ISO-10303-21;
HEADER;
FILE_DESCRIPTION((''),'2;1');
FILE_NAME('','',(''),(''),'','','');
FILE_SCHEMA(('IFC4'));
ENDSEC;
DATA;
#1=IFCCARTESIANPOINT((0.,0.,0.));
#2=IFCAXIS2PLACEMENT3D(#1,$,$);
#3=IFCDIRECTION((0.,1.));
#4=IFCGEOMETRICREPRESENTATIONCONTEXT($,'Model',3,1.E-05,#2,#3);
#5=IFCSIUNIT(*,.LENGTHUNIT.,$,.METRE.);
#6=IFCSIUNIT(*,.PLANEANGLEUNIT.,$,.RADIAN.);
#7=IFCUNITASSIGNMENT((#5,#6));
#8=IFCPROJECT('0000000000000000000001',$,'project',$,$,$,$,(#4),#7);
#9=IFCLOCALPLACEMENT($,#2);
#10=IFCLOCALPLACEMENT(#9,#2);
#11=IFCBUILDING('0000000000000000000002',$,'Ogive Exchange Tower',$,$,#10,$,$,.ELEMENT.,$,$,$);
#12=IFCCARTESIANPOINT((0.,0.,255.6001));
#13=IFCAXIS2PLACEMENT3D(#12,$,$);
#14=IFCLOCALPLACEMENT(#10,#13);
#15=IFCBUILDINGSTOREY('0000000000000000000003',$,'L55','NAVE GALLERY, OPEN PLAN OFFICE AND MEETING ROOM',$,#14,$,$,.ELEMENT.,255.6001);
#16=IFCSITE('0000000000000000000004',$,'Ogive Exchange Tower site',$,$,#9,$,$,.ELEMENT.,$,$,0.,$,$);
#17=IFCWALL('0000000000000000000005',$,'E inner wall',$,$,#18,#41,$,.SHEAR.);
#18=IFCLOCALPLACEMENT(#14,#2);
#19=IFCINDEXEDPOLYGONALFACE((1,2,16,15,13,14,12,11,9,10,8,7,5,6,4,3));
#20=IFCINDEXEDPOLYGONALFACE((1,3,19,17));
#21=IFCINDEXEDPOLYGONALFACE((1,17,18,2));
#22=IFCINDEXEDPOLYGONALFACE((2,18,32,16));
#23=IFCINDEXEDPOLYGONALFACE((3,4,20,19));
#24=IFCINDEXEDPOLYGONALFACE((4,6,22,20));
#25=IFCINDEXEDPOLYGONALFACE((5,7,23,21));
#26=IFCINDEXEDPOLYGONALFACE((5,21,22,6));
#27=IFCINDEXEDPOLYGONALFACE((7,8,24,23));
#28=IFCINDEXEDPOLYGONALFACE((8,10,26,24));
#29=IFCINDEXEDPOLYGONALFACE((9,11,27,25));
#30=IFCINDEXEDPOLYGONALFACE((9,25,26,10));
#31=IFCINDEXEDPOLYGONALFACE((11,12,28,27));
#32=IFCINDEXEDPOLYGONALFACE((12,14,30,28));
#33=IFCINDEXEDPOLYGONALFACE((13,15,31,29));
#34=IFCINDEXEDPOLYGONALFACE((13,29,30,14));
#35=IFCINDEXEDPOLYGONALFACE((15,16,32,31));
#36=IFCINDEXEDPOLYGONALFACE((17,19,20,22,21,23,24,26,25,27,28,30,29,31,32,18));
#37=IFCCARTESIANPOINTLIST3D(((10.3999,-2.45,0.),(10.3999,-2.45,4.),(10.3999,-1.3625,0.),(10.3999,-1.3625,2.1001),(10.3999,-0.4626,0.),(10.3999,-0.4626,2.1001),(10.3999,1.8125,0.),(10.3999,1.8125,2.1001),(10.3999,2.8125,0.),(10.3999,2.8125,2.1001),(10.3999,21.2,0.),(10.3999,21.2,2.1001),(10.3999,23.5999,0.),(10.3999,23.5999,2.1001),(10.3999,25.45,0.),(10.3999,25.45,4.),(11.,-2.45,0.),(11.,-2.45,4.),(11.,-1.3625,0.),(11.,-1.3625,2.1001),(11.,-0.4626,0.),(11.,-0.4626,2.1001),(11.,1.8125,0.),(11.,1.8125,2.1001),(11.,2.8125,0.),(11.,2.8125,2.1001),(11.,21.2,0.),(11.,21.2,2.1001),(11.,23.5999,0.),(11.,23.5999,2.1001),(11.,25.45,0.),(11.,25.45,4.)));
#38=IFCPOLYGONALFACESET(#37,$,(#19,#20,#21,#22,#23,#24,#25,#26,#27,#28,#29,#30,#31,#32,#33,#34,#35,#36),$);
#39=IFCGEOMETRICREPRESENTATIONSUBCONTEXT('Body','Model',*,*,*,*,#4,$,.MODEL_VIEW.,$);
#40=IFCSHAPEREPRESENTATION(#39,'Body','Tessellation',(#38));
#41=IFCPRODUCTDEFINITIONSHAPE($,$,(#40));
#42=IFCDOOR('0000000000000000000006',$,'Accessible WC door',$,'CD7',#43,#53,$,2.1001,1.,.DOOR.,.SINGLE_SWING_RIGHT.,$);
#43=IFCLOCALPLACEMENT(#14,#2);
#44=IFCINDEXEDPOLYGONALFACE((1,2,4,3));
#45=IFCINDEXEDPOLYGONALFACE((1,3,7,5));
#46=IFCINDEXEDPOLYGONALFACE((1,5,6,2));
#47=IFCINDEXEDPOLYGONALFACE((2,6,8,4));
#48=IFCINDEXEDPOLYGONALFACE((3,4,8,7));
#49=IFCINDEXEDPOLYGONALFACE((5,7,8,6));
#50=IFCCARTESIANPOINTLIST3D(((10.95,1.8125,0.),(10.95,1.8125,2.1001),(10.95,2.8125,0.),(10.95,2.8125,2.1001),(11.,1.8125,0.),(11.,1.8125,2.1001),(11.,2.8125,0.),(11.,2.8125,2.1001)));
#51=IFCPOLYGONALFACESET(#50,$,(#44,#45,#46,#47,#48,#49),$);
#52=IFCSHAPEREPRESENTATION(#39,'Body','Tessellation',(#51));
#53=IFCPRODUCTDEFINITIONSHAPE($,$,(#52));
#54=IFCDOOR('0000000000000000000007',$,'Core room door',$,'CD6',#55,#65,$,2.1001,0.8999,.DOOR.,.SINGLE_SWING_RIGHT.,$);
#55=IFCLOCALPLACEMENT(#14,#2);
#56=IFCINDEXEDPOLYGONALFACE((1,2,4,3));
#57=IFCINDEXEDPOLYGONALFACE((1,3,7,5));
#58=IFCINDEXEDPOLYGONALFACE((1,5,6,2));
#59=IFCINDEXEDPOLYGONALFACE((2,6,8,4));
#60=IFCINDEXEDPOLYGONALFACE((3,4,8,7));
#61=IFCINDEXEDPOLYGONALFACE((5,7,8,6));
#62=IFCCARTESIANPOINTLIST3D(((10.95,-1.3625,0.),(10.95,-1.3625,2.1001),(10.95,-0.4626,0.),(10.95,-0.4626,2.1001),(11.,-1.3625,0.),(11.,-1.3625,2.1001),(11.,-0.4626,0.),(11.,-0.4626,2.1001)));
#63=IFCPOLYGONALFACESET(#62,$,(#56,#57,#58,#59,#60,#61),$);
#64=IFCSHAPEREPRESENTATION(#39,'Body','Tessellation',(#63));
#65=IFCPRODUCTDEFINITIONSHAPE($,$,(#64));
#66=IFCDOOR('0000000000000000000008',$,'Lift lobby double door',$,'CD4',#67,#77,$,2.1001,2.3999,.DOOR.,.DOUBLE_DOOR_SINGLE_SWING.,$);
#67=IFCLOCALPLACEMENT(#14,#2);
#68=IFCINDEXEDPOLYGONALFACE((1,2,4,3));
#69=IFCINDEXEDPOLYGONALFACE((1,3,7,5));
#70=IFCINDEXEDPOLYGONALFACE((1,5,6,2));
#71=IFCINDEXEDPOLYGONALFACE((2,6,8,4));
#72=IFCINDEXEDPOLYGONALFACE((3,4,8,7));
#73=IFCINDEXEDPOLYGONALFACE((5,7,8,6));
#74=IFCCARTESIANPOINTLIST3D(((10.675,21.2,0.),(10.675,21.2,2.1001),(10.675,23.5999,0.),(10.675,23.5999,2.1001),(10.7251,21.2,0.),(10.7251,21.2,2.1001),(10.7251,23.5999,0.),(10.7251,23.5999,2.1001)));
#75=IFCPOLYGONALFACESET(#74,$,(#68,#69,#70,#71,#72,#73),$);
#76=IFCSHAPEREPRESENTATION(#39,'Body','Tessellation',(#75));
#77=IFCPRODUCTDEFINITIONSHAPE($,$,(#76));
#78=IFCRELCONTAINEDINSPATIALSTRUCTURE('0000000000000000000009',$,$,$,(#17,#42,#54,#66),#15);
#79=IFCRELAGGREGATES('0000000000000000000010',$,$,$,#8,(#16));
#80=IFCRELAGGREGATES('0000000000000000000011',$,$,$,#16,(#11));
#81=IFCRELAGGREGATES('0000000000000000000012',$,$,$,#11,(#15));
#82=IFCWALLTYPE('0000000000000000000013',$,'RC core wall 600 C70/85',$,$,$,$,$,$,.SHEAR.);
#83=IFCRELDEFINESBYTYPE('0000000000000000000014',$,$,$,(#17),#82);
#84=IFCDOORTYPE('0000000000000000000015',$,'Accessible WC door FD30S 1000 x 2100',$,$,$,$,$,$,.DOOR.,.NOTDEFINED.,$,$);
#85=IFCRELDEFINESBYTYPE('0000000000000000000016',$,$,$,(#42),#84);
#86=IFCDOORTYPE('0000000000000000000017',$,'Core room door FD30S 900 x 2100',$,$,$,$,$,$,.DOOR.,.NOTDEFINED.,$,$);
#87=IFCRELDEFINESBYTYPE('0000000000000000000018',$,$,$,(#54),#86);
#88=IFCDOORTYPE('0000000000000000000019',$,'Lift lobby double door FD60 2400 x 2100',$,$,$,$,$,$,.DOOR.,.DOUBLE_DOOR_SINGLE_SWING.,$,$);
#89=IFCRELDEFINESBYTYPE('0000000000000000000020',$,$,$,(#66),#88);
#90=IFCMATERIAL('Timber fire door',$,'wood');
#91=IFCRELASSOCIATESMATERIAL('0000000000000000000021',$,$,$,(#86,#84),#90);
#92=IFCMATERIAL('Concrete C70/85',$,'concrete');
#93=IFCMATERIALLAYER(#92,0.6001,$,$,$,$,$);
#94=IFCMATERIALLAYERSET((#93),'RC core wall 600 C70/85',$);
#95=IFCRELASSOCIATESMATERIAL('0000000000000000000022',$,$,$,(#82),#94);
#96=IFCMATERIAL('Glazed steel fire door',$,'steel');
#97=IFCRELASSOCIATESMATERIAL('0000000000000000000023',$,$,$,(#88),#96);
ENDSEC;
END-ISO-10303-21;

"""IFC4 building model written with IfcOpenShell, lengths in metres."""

from ifc_helpers import new_model, si_unit, direction, frame, frame_2d, origin, place, context, subcontext, project, spatial, rectangle, extrude, material, layer, layer_set, type_object, element, fill, save


model = new_model("IFC4")

# Units and contexts
model_context = context("Model", 3, precision=1e-05, world=origin(), true_north=direction((0.0, 1.0)))
body_context = subcontext(model_context, "Body", "Model", "MODEL_VIEW")
ifc_project = project(units=[si_unit("LENGTHUNIT", "METRE"), si_unit("PLANEANGLEUNIT", "RADIAN")], contexts=[model_context])

# Site, building, storey
site_placement = place(None, origin())
site = spatial("IfcSite", under=ifc_project, at=site_placement, Name="Ogive Exchange Tower site", CompositionType="ELEMENT", RefElevation=0.0)
building_placement = place(site_placement, origin())
building = spatial("IfcBuilding", under=site, at=building_placement, Name="Ogive Exchange Tower", CompositionType="ELEMENT")
storey_placement = place(building_placement, frame((0.0, 0.0, 255.6001)))
storey = spatial("IfcBuildingStorey", under=building, at=storey_placement, Name="L55", Description="NAVE GALLERY, OPEN PLAN OFFICE AND MEETING ROOM", CompositionType="ELEMENT", Elevation=255.6001)

# Shared definitions
ifc_material_1 = material(Name="Concrete C70/85", Category="concrete")
ifc_material_2 = material(Name="Timber fire door", Category="wood")
door_type_1 = type_object("IfcDoorType", Name="Core room door FD30S 900 x 2100", OperationType="NOTDEFINED", PredefinedType="DOOR", material=ifc_material_2)

# Wall, openings, doors
ifc_layer_1 = layer(ifc_material_1, 0.6001)
ifc_layer_set_1 = layer_set([ifc_layer_1], Name="RC core wall 600 C70/85")
wall_type_1 = type_object("IfcWallType", Name="RC core wall 600 C70/85", PredefinedType="SHEAR", material=ifc_layer_set_1)
wall_1_placement = place(storey_placement, frame((10.7, -2.45, 0.0), z_axis=(0.0, 0.0, 1.0), x_axis=(0.0, 1.0, 0.0)))
wall_1 = element("IfcWall", 1, at=wall_1_placement, inside=storey, type_object=wall_type_1, Name="E inner wall", PredefinedType="SHEAR", context=body_context, shape_type="SweptSolid", body=[
    extrude(rectangle(XDim=27.8999, YDim=0.6001, at=frame_2d((13.95, 0.0))), origin(), (0.0, 0.0, 1.0), 4.0),
])
opening_1_placement = place(wall_1_placement, frame((23.6499, 0.0, 0.0)))
opening_1 = element("IfcOpeningElement", 2, at=opening_1_placement, cuts=wall_1, PredefinedType="OPENING", context=body_context, shape_type="SweptSolid", body=[
    extrude(rectangle(XDim=2.3999, YDim=2.1001, at=frame_2d((1.2, 1.05))), frame((0.0, 0.3101, 0.0), z_axis=(0.0, -1.0, 0.0), x_axis=(1.0, 0.0, 0.0)), (0.0, 0.0, 1.0), 0.6201),
])
opening_2_placement = place(wall_1_placement, frame((1.0874, 0.0, 0.0)))
opening_2 = element("IfcOpeningElement", 3, at=opening_2_placement, cuts=wall_1, PredefinedType="OPENING", context=body_context, shape_type="SweptSolid", body=[
    extrude(rectangle(XDim=0.8999, YDim=2.1001, at=frame_2d((0.45, 1.05))), frame((0.0, 0.3101, 0.0), z_axis=(0.0, -1.0, 0.0), x_axis=(1.0, 0.0, 0.0)), (0.0, 0.0, 1.0), 0.6201),
])
opening_3_placement = place(wall_1_placement, frame((4.2625, 0.0, 0.0)))
opening_3 = element("IfcOpeningElement", 4, at=opening_3_placement, cuts=wall_1, PredefinedType="OPENING", context=body_context, shape_type="SweptSolid", body=[
    extrude(rectangle(XDim=1.0, YDim=2.1001, at=frame_2d((0.5, 1.05))), frame((0.0, 0.3101, 0.0), z_axis=(0.0, -1.0, 0.0), x_axis=(1.0, 0.0, 0.0)), (0.0, 0.0, 1.0), 0.6201),
])
door_type_2 = type_object("IfcDoorType", Name="Accessible WC door FD30S 1000 x 2100", OperationType="NOTDEFINED", PredefinedType="DOOR", material=ifc_material_2)
door_1_placement = place(opening_3_placement, origin())
door_1 = element("IfcDoor", 5, at=door_1_placement, inside=storey, type_object=door_type_2, Name="Accessible WC door", ObjectType="CD7", OperationType="SINGLE_SWING_RIGHT", OverallHeight=2.1001, OverallWidth=1.0, PredefinedType="DOOR", context=body_context, shape_type="SweptSolid", body=[
    extrude(rectangle(XDim=1.0, YDim=2.1001, at=frame_2d((0.5, 1.05))), frame((0.0, -0.25, 0.0), z_axis=(0.0, -1.0, 0.0), x_axis=(1.0, 0.0, 0.0)), (0.0, 0.0, 1.0), 0.05),
])
fill(opening_3, door_1)
door_2_placement = place(opening_2_placement, origin())
door_2 = element("IfcDoor", 6, at=door_2_placement, inside=storey, type_object=door_type_1, Name="Core room door", ObjectType="CD6", OperationType="SINGLE_SWING_RIGHT", OverallHeight=2.1001, OverallWidth=0.8999, PredefinedType="DOOR", context=body_context, shape_type="SweptSolid", body=[
    extrude(rectangle(XDim=0.8999, YDim=2.1001, at=frame_2d((0.45, 1.05))), frame((0.0, -0.25, 0.0), z_axis=(0.0, -1.0, 0.0), x_axis=(1.0, 0.0, 0.0)), (0.0, 0.0, 1.0), 0.05),
])
fill(opening_2, door_2)
ifc_material_3 = material(Name="Glazed steel fire door", Category="steel")
door_type_3 = type_object("IfcDoorType", Name="Lift lobby double door FD60 2400 x 2100", OperationType="DOUBLE_DOOR_SINGLE_SWING", PredefinedType="DOOR", material=ifc_material_3)
door_3_placement = place(opening_1_placement, origin())
door_3 = element("IfcDoor", 7, at=door_3_placement, inside=storey, type_object=door_type_3, Name="Lift lobby double door", ObjectType="CD4", OperationType="DOUBLE_DOOR_SINGLE_SWING", OverallHeight=2.1001, OverallWidth=2.3999, PredefinedType="DOOR", context=body_context, shape_type="SweptSolid", body=[
    extrude(rectangle(XDim=2.3999, YDim=2.1001, at=frame_2d((1.2, 1.05))), frame((0.0, 0.0249, 0.0), z_axis=(0.0, -1.0, 0.0), x_axis=(1.0, 0.0, 0.0)), (0.0, 0.0, 1.0), 0.05),
])
fill(opening_1, door_3)

save(model, "model.ifc")
